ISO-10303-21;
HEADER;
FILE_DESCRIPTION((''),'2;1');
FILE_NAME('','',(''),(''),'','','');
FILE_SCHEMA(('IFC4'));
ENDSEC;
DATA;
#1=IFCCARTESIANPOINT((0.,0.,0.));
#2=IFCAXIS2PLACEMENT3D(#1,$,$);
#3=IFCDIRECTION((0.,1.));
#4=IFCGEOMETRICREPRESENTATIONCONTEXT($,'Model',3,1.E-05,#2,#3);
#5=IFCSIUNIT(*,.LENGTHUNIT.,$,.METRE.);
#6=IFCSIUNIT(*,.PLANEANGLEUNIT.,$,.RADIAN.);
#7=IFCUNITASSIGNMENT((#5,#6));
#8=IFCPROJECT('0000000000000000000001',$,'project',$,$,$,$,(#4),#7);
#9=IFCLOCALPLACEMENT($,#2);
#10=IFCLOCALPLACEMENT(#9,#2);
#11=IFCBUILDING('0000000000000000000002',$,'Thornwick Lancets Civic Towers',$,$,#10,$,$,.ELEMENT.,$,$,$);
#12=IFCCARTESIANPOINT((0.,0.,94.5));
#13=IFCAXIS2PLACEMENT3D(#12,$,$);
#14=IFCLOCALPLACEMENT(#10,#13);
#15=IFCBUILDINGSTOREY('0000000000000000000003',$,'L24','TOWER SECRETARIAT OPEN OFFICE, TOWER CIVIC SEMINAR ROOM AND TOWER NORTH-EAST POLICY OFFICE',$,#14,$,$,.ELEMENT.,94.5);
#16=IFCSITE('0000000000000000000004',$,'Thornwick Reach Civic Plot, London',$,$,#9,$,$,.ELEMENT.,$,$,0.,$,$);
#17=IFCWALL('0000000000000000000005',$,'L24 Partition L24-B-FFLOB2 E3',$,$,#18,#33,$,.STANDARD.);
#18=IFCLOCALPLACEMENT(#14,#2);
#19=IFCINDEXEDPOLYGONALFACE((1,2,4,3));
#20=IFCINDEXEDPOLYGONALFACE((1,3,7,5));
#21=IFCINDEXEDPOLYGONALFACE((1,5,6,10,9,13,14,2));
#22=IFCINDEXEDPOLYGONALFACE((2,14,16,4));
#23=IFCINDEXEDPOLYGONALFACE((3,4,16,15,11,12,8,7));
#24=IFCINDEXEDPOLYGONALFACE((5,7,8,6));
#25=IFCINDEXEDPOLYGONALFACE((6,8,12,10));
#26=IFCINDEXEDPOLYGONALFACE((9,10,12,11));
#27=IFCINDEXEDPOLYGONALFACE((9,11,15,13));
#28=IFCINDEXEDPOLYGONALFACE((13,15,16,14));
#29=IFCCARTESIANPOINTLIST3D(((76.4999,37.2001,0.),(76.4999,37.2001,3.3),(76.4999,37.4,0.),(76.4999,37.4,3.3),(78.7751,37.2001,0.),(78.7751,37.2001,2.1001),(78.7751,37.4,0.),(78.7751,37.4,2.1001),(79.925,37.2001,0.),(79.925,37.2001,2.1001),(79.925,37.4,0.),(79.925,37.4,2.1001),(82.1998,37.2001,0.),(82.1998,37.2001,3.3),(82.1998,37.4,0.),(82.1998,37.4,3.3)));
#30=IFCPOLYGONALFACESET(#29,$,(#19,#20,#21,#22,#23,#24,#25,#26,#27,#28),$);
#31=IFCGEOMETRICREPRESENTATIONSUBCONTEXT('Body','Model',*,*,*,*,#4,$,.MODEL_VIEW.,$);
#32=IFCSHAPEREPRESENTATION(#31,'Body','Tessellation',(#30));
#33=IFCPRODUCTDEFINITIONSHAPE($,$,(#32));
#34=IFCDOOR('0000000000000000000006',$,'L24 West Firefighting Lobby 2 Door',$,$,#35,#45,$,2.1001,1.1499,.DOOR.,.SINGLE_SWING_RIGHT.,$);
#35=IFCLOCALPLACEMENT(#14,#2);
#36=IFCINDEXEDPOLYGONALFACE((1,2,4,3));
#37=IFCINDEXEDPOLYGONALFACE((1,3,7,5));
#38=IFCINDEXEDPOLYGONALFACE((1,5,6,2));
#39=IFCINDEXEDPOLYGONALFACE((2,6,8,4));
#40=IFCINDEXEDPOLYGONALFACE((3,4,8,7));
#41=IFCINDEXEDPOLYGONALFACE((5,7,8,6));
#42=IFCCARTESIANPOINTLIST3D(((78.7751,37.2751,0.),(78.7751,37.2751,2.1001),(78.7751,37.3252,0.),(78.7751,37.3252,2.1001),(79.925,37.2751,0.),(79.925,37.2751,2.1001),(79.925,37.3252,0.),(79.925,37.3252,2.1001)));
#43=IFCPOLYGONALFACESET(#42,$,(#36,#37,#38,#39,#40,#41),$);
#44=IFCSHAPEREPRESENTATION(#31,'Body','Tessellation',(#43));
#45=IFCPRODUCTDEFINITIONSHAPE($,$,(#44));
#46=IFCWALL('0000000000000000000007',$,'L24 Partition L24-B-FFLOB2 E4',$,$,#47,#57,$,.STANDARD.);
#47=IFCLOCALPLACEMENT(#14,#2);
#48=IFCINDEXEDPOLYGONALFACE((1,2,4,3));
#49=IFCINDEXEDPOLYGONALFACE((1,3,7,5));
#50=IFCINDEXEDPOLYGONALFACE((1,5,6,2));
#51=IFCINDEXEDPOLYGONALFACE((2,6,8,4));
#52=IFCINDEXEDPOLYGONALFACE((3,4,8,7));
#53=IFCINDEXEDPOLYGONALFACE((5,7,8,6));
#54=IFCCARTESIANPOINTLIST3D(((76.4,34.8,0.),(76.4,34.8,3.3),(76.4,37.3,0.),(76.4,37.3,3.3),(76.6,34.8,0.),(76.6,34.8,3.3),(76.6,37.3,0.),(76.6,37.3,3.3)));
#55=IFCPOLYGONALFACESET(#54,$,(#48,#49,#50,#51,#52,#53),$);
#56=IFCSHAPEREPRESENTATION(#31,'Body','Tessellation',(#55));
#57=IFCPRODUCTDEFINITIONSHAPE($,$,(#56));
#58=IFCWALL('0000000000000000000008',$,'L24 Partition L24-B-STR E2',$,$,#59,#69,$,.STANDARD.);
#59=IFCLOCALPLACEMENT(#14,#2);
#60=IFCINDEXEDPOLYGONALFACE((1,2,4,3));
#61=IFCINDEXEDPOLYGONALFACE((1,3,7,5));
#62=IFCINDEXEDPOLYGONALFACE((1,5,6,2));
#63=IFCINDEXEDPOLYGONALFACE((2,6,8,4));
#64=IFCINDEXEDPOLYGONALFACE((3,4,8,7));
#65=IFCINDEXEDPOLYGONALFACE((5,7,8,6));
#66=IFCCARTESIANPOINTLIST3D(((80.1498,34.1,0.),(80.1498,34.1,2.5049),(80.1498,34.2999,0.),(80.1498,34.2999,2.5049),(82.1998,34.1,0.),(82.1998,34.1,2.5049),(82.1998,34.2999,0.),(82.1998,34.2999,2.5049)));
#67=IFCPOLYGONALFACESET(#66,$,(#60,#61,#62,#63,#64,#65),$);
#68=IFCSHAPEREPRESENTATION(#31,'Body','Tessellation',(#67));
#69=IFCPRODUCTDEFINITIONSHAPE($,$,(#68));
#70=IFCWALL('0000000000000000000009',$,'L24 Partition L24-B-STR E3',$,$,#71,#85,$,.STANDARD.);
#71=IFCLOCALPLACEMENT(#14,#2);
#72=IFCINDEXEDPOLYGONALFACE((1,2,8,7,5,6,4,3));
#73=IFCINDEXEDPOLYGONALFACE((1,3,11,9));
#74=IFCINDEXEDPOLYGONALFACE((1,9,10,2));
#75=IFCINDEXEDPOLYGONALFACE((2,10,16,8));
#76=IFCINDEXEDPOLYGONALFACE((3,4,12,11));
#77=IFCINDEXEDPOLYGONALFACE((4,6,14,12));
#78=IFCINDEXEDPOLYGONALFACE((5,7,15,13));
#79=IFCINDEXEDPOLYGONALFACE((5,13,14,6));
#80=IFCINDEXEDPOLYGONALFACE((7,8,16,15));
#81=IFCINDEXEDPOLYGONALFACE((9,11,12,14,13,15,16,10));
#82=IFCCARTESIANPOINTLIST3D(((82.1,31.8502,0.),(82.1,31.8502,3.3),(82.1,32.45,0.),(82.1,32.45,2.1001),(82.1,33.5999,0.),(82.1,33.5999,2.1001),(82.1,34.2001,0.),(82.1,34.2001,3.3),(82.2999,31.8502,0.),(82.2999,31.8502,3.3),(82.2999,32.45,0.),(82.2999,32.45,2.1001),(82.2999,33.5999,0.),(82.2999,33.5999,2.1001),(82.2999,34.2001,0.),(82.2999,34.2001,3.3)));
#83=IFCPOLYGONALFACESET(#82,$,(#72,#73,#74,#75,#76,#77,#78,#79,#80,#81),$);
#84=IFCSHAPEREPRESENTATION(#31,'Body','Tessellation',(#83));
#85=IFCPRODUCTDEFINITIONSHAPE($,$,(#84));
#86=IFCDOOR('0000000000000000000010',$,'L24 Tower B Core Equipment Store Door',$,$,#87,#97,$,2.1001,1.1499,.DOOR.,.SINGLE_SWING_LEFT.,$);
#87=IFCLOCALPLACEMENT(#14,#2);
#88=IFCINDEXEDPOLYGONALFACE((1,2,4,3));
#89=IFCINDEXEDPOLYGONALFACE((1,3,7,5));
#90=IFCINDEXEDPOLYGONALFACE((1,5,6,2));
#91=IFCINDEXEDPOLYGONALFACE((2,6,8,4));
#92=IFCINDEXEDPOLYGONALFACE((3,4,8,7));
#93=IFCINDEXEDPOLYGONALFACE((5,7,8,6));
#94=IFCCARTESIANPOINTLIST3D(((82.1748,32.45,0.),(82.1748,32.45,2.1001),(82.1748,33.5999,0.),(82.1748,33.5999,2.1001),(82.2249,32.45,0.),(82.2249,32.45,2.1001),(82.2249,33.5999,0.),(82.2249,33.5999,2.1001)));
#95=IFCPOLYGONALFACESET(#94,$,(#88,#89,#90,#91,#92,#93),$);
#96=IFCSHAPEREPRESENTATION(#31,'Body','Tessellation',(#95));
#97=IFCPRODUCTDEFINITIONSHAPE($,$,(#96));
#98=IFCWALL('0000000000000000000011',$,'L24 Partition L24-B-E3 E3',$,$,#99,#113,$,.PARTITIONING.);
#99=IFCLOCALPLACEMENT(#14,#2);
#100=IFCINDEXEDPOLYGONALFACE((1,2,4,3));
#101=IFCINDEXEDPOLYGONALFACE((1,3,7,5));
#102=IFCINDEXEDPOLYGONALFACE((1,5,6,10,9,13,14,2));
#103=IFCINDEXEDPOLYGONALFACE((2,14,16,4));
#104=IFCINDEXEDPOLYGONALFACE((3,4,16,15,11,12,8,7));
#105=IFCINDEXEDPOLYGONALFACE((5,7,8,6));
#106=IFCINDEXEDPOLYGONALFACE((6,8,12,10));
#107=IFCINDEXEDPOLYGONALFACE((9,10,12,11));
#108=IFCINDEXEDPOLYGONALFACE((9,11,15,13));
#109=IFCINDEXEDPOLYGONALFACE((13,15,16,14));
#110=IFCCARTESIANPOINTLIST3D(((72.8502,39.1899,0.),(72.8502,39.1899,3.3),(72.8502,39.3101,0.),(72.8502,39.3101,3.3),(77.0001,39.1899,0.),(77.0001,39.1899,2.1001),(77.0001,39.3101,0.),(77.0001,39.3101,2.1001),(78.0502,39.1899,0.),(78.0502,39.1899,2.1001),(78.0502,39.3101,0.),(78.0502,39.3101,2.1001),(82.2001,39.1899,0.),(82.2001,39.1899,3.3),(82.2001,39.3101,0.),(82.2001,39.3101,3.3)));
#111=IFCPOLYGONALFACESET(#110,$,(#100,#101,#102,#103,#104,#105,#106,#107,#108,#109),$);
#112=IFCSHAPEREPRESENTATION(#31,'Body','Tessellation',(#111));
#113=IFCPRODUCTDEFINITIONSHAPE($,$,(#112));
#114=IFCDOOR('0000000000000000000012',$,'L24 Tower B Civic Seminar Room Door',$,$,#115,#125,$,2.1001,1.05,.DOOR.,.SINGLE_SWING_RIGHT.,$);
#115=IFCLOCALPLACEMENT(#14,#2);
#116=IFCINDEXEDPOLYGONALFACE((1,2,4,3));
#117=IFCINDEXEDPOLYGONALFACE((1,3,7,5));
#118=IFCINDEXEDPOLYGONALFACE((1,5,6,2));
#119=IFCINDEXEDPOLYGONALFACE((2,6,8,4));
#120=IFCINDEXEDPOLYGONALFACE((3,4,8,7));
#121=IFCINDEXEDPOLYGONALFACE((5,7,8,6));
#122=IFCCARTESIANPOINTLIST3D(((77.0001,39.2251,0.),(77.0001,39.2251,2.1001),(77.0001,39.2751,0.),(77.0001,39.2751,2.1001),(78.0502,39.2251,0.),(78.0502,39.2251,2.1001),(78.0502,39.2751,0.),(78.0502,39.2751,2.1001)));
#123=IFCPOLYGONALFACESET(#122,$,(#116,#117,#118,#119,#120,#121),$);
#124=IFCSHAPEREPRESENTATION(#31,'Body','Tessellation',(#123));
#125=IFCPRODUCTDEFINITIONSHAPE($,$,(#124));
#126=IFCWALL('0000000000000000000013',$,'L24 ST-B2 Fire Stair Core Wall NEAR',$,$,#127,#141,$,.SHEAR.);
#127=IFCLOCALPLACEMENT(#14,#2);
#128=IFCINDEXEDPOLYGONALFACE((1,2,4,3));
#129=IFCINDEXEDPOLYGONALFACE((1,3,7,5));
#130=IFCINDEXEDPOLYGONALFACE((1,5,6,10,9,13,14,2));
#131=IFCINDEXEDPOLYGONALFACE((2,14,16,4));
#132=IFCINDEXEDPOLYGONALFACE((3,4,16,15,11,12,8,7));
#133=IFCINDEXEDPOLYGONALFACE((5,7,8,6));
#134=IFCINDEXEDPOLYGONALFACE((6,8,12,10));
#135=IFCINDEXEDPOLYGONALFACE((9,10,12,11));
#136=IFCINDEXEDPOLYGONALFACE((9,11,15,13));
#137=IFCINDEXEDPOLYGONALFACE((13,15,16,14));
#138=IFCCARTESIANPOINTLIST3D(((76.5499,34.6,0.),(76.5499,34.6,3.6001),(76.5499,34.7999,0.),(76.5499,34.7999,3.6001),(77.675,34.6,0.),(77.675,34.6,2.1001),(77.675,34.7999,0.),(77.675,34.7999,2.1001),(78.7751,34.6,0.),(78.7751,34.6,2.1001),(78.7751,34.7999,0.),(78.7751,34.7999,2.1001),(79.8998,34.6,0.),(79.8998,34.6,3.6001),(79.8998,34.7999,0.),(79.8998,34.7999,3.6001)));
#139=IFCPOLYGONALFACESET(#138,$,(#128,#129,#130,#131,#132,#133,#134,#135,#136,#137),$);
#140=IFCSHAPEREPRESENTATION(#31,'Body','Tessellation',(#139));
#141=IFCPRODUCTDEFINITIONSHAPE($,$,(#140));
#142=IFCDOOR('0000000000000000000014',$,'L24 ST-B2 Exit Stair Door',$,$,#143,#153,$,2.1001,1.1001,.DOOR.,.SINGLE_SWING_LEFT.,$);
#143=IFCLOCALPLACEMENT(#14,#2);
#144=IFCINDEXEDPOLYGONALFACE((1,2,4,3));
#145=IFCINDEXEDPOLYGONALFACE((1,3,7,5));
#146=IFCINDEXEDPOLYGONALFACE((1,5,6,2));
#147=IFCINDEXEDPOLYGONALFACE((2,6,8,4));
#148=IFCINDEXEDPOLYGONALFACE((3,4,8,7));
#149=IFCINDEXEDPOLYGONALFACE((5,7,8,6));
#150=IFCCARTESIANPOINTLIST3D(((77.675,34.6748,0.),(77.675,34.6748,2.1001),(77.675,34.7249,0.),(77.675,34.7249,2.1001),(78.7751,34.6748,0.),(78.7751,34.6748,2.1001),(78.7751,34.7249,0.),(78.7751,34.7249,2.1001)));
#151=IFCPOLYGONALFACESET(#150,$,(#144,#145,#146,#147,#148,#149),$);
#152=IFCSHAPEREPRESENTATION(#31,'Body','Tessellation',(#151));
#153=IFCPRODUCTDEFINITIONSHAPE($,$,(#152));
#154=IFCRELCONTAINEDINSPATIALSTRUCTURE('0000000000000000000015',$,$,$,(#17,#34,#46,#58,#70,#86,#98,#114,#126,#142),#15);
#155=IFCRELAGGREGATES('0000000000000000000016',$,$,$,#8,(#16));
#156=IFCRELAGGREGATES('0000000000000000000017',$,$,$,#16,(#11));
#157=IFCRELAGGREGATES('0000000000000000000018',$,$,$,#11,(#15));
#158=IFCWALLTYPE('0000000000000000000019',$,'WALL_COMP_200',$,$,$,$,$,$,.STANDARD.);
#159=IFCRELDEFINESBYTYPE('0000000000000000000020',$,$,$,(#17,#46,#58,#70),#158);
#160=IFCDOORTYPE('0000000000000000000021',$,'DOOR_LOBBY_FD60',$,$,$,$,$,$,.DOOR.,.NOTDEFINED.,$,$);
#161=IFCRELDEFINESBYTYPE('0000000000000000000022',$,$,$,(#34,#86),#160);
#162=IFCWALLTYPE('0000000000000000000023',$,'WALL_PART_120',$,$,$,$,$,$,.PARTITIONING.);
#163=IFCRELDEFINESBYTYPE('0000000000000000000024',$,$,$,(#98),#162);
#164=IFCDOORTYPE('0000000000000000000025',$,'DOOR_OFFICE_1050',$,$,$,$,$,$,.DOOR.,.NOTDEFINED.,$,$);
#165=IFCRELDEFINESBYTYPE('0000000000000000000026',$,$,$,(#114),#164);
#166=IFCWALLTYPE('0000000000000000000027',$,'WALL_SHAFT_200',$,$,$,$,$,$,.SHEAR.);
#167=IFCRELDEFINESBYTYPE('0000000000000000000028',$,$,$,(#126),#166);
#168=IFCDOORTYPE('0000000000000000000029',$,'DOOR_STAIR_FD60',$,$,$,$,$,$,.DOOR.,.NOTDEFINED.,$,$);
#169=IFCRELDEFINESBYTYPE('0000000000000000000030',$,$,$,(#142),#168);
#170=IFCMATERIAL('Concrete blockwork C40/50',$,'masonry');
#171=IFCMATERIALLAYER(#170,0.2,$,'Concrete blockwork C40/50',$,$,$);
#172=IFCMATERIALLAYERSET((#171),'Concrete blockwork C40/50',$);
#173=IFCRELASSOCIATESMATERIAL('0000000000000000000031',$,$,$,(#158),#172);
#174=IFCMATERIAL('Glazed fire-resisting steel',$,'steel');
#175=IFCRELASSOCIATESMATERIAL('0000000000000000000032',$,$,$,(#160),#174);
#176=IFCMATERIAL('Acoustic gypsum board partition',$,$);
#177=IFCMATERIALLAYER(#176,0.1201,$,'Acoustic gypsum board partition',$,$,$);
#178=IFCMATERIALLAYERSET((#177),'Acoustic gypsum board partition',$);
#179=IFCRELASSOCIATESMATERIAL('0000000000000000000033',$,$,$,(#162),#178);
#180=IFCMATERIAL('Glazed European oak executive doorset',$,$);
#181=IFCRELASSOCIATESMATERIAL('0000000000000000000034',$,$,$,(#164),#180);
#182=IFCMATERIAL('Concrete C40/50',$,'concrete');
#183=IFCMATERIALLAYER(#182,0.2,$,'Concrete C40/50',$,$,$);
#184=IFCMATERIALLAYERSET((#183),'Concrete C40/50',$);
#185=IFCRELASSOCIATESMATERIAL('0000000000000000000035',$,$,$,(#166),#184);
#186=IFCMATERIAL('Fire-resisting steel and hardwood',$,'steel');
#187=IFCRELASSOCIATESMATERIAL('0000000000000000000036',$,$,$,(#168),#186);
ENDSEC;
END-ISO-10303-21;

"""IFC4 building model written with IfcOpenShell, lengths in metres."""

from ifc_helpers import new_model, si_unit, direction, frame, frame_2d, origin, place, context, subcontext, project, spatial, rectangle, extrude, material, layer, layer_set, type_object, element, fill, save


model = new_model("IFC4")

# Units and contexts
model_context = context("Model", 3, precision=1e-05, world=origin(), true_north=direction((0.0, 1.0)))
body_context = subcontext(model_context, "Body", "Model", "MODEL_VIEW")
ifc_project = project(units=[si_unit("LENGTHUNIT", "METRE"), si_unit("PLANEANGLEUNIT", "RADIAN")], contexts=[model_context])

# Site, building, storey
site_placement = place(None, origin())
site = spatial("IfcSite", under=ifc_project, at=site_placement, Name="Thornwick Reach Civic Plot, London", CompositionType="ELEMENT", RefElevation=0.0)
building_placement = place(site_placement, origin())
building = spatial("IfcBuilding", under=site, at=building_placement, Name="Thornwick Lancets Civic Towers", CompositionType="ELEMENT")
storey_placement = place(building_placement, frame((0.0, 0.0, 94.5)))
storey = spatial("IfcBuildingStorey", under=building, at=storey_placement, Name="L24", Description="TOWER SECRETARIAT OPEN OFFICE, TOWER CIVIC SEMINAR ROOM AND TOWER NORTH-EAST POLICY OFFICE", CompositionType="ELEMENT", Elevation=94.5)

# Shared definitions
ifc_material_1 = material(Name="Concrete blockwork C40/50", Category="masonry")
ifc_layer_1 = layer(ifc_material_1, 0.2, Name="Concrete blockwork C40/50")
ifc_layer_set_1 = layer_set([ifc_layer_1], Name="Concrete blockwork C40/50")
wall_type_1 = type_object("IfcWallType", Name="WALL_COMP_200", PredefinedType="STANDARD", material=ifc_layer_set_1)

# Wall, opening, door
wall_1_placement = place(storey_placement, frame((82.2, 37.3, 0.0), z_axis=(0.0, 0.0, 1.0), x_axis=(-1.0, 0.0, 0.0)))
wall_1 = element("IfcWall", 1, at=wall_1_placement, inside=storey, type_object=wall_type_1, Name="L24 Partition L24-B-FFLOB2 E3", PredefinedType="STANDARD", context=body_context, shape_type="SweptSolid", body=[
    extrude(rectangle(XDim=5.7, YDim=0.2, at=frame_2d((2.8501, 0.0))), origin(), (0.0, 0.0, 1.0), 3.3),
])
opening_1_placement = place(wall_1_placement, frame((2.2749, 0.0, 0.0)))
opening_1 = element("IfcOpeningElement", 2, at=opening_1_placement, cuts=wall_1, PredefinedType="OPENING", context=body_context, shape_type="SweptSolid", body=[
    extrude(rectangle(XDim=1.1499, YDim=2.1001, at=frame_2d((0.575, 1.05))), frame((0.0, 0.1099, 0.0), z_axis=(0.0, -1.0, 0.0), x_axis=(1.0, 0.0, 0.0)), (0.0, 0.0, 1.0), 0.22),
])
ifc_material_2 = material(Name="Glazed fire-resisting steel", Category="steel")
door_type_1 = type_object("IfcDoorType", Name="DOOR_LOBBY_FD60", OperationType="NOTDEFINED", PredefinedType="DOOR", material=ifc_material_2)
door_1_placement = place(opening_1_placement, origin())
door_1 = element("IfcDoor", 3, at=door_1_placement, inside=storey, type_object=door_type_1, Name="L24 West Firefighting Lobby 2 Door", OperationType="SINGLE_SWING_RIGHT", OverallHeight=2.1001, OverallWidth=1.1499, PredefinedType="DOOR", context=body_context, shape_type="SweptSolid", body=[
    extrude(rectangle(XDim=1.1499, YDim=2.1001, at=frame_2d((0.575, 1.05))), frame((0.0, 0.0249, 0.0), z_axis=(0.0, -1.0, 0.0), x_axis=(1.0, 0.0, 0.0)), (0.0, 0.0, 1.0), 0.05),
])
fill(opening_1, door_1)

# Walls
wall_2_placement = place(storey_placement, frame((76.5, 37.3, 0.0), z_axis=(0.0, 0.0, 1.0), x_axis=(0.0, -1.0, 0.0)))
element("IfcWall", 4, at=wall_2_placement, inside=storey, type_object=wall_type_1, Name="L24 Partition L24-B-FFLOB2 E4", PredefinedType="STANDARD", context=body_context, shape_type="SweptSolid", body=[
    extrude(rectangle(XDim=2.5, YDim=0.2, at=frame_2d((1.25, 0.0))), origin(), (0.0, 0.0, 1.0), 3.3),
])
wall_3_placement = place(storey_placement, frame((80.1499, 34.2, 0.0), z_axis=(0.0, 0.0, 1.0), x_axis=(1.0, 0.0, 0.0)))
element("IfcWall", 5, at=wall_3_placement, inside=storey, type_object=wall_type_1, Name="L24 Partition L24-B-STR E2", PredefinedType="STANDARD", context=body_context, shape_type="SweptSolid", body=[
    extrude(rectangle(XDim=2.05, YDim=0.2, at=frame_2d((1.0249, 0.0))), origin(), (0.0, 0.0, 1.0), 2.5049),
])

# Walls, openings, doors
wall_4_placement = place(storey_placement, frame((82.2, 34.2, 0.0), z_axis=(0.0, 0.0, 1.0), x_axis=(0.0, -1.0, 0.0)))
wall_4 = element("IfcWall", 6, at=wall_4_placement, inside=storey, type_object=wall_type_1, Name="L24 Partition L24-B-STR E3", PredefinedType="STANDARD", context=body_context, shape_type="SweptSolid", body=[
    extrude(rectangle(XDim=2.3499, YDim=0.2, at=frame_2d((1.1748, 0.0))), origin(), (0.0, 0.0, 1.0), 3.3),
])
opening_2_placement = place(wall_4_placement, frame((0.6001, 0.0, 0.0)))
opening_2 = element("IfcOpeningElement", 7, at=opening_2_placement, cuts=wall_4, PredefinedType="OPENING", context=body_context, shape_type="SweptSolid", body=[
    extrude(rectangle(XDim=1.1499, YDim=2.1001, at=frame_2d((0.575, 1.05))), frame((0.0, 0.1099, 0.0), z_axis=(0.0, -1.0, 0.0), x_axis=(1.0, 0.0, 0.0)), (0.0, 0.0, 1.0), 0.22),
])
door_2_placement = place(opening_2_placement, origin())
door_2 = element("IfcDoor", 8, at=door_2_placement, inside=storey, type_object=door_type_1, Name="L24 Tower B Core Equipment Store Door", OperationType="SINGLE_SWING_LEFT", OverallHeight=2.1001, OverallWidth=1.1499, PredefinedType="DOOR", context=body_context, shape_type="SweptSolid", body=[
    extrude(rectangle(XDim=1.1499, YDim=2.1001, at=frame_2d((0.575, 1.05))), frame((0.0, 0.0249, 0.0), z_axis=(0.0, -1.0, 0.0), x_axis=(1.0, 0.0, 0.0)), (0.0, 0.0, 1.0), 0.05),
])
fill(opening_2, door_2)
ifc_material_3 = material(Name="Acoustic gypsum board partition")
ifc_layer_2 = layer(ifc_material_3, 0.1201, Name="Acoustic gypsum board partition")
ifc_layer_set_2 = layer_set([ifc_layer_2], Name="Acoustic gypsum board partition")
wall_type_2 = type_object("IfcWallType", Name="WALL_PART_120", PredefinedType="PARTITIONING", material=ifc_layer_set_2)
wall_5_placement = place(storey_placement, frame((82.2, 39.25, 0.0), z_axis=(0.0, 0.0, 1.0), x_axis=(-1.0, 0.0, 0.0)))
wall_5 = element("IfcWall", 9, at=wall_5_placement, inside=storey, type_object=wall_type_2, Name="L24 Partition L24-B-E3 E3", PredefinedType="PARTITIONING", context=body_context, shape_type="SweptSolid", body=[
    extrude(rectangle(XDim=9.3499, YDim=0.1201, at=frame_2d((4.6748, 0.0))), origin(), (0.0, 0.0, 1.0), 3.3),
])
opening_3_placement = place(wall_5_placement, frame((4.1499, 0.0, 0.0)))
opening_3 = element("IfcOpeningElement", 10, at=opening_3_placement, cuts=wall_5, PredefinedType="OPENING", context=body_context, shape_type="SweptSolid", body=[
    extrude(rectangle(XDim=1.05, YDim=2.1001, at=frame_2d((0.5249, 1.05))), frame((0.0, 0.0701, 0.0), z_axis=(0.0, -1.0, 0.0), x_axis=(1.0, 0.0, 0.0)), (0.0, 0.0, 1.0), 0.1401),
])
ifc_material_4 = material(Name="Glazed European oak executive doorset")
door_type_2 = type_object("IfcDoorType", Name="DOOR_OFFICE_1050", OperationType="NOTDEFINED", PredefinedType="DOOR", material=ifc_material_4)
door_3_placement = place(opening_3_placement, origin())
door_3 = element("IfcDoor", 11, at=door_3_placement, inside=storey, type_object=door_type_2, Name="L24 Tower B Civic Seminar Room Door", OperationType="SINGLE_SWING_RIGHT", OverallHeight=2.1001, OverallWidth=1.05, PredefinedType="DOOR", context=body_context, shape_type="SweptSolid", body=[
    extrude(rectangle(XDim=1.05, YDim=2.1001, at=frame_2d((0.5249, 1.05))), frame((0.0, 0.0249, 0.0), z_axis=(0.0, -1.0, 0.0), x_axis=(1.0, 0.0, 0.0)), (0.0, 0.0, 1.0), 0.05),
])
fill(opening_3, door_3)
ifc_material_5 = material(Name="Concrete C40/50", Category="concrete")
ifc_layer_3 = layer(ifc_material_5, 0.2, Name="Concrete C40/50")
ifc_layer_set_3 = layer_set([ifc_layer_3], Name="Concrete C40/50")
wall_type_3 = type_object("IfcWallType", Name="WALL_SHAFT_200", PredefinedType="SHEAR", material=ifc_layer_set_3)
wall_6_placement = place(storey_placement, frame((76.55, 34.7, 0.0), z_axis=(0.0, 0.0, 1.0), x_axis=(1.0, 0.0, 0.0)))
wall_6 = element("IfcWall", 12, at=wall_6_placement, inside=storey, type_object=wall_type_3, Name="L24 ST-B2 Fire Stair Core Wall NEAR", PredefinedType="SHEAR", context=body_context, shape_type="SweptSolid", body=[
    extrude(rectangle(XDim=3.3499, YDim=0.2, at=frame_2d((1.6748, 0.0))), origin(), (0.0, 0.0, 1.0), 3.6001),
])
opening_4_placement = place(wall_6_placement, frame((1.125, 0.0, 0.0)))
opening_4 = element("IfcOpeningElement", 13, at=opening_4_placement, cuts=wall_6, PredefinedType="OPENING", context=body_context, shape_type="SweptSolid", body=[
    extrude(rectangle(XDim=1.1001, YDim=2.1001, at=frame_2d((0.55, 1.05))), frame((0.0, 0.1099, 0.0), z_axis=(0.0, -1.0, 0.0), x_axis=(1.0, 0.0, 0.0)), (0.0, 0.0, 1.0), 0.22),
])
ifc_material_6 = material(Name="Fire-resisting steel and hardwood", Category="steel")
door_type_3 = type_object("IfcDoorType", Name="DOOR_STAIR_FD60", OperationType="NOTDEFINED", PredefinedType="DOOR", material=ifc_material_6)
door_4_placement = place(opening_4_placement, origin())
door_4 = element("IfcDoor", 14, at=door_4_placement, inside=storey, type_object=door_type_3, Name="L24 ST-B2 Exit Stair Door", OperationType="SINGLE_SWING_LEFT", OverallHeight=2.1001, OverallWidth=1.1001, PredefinedType="DOOR", context=body_context, shape_type="SweptSolid", body=[
    extrude(rectangle(XDim=1.1001, YDim=2.1001, at=frame_2d((0.55, 1.05))), frame((0.0, 0.0249, 0.0), z_axis=(0.0, -1.0, 0.0), x_axis=(1.0, 0.0, 0.0)), (0.0, 0.0, 1.0), 0.05),
])
fill(opening_4, door_4)

save(model, "model.ifc")
